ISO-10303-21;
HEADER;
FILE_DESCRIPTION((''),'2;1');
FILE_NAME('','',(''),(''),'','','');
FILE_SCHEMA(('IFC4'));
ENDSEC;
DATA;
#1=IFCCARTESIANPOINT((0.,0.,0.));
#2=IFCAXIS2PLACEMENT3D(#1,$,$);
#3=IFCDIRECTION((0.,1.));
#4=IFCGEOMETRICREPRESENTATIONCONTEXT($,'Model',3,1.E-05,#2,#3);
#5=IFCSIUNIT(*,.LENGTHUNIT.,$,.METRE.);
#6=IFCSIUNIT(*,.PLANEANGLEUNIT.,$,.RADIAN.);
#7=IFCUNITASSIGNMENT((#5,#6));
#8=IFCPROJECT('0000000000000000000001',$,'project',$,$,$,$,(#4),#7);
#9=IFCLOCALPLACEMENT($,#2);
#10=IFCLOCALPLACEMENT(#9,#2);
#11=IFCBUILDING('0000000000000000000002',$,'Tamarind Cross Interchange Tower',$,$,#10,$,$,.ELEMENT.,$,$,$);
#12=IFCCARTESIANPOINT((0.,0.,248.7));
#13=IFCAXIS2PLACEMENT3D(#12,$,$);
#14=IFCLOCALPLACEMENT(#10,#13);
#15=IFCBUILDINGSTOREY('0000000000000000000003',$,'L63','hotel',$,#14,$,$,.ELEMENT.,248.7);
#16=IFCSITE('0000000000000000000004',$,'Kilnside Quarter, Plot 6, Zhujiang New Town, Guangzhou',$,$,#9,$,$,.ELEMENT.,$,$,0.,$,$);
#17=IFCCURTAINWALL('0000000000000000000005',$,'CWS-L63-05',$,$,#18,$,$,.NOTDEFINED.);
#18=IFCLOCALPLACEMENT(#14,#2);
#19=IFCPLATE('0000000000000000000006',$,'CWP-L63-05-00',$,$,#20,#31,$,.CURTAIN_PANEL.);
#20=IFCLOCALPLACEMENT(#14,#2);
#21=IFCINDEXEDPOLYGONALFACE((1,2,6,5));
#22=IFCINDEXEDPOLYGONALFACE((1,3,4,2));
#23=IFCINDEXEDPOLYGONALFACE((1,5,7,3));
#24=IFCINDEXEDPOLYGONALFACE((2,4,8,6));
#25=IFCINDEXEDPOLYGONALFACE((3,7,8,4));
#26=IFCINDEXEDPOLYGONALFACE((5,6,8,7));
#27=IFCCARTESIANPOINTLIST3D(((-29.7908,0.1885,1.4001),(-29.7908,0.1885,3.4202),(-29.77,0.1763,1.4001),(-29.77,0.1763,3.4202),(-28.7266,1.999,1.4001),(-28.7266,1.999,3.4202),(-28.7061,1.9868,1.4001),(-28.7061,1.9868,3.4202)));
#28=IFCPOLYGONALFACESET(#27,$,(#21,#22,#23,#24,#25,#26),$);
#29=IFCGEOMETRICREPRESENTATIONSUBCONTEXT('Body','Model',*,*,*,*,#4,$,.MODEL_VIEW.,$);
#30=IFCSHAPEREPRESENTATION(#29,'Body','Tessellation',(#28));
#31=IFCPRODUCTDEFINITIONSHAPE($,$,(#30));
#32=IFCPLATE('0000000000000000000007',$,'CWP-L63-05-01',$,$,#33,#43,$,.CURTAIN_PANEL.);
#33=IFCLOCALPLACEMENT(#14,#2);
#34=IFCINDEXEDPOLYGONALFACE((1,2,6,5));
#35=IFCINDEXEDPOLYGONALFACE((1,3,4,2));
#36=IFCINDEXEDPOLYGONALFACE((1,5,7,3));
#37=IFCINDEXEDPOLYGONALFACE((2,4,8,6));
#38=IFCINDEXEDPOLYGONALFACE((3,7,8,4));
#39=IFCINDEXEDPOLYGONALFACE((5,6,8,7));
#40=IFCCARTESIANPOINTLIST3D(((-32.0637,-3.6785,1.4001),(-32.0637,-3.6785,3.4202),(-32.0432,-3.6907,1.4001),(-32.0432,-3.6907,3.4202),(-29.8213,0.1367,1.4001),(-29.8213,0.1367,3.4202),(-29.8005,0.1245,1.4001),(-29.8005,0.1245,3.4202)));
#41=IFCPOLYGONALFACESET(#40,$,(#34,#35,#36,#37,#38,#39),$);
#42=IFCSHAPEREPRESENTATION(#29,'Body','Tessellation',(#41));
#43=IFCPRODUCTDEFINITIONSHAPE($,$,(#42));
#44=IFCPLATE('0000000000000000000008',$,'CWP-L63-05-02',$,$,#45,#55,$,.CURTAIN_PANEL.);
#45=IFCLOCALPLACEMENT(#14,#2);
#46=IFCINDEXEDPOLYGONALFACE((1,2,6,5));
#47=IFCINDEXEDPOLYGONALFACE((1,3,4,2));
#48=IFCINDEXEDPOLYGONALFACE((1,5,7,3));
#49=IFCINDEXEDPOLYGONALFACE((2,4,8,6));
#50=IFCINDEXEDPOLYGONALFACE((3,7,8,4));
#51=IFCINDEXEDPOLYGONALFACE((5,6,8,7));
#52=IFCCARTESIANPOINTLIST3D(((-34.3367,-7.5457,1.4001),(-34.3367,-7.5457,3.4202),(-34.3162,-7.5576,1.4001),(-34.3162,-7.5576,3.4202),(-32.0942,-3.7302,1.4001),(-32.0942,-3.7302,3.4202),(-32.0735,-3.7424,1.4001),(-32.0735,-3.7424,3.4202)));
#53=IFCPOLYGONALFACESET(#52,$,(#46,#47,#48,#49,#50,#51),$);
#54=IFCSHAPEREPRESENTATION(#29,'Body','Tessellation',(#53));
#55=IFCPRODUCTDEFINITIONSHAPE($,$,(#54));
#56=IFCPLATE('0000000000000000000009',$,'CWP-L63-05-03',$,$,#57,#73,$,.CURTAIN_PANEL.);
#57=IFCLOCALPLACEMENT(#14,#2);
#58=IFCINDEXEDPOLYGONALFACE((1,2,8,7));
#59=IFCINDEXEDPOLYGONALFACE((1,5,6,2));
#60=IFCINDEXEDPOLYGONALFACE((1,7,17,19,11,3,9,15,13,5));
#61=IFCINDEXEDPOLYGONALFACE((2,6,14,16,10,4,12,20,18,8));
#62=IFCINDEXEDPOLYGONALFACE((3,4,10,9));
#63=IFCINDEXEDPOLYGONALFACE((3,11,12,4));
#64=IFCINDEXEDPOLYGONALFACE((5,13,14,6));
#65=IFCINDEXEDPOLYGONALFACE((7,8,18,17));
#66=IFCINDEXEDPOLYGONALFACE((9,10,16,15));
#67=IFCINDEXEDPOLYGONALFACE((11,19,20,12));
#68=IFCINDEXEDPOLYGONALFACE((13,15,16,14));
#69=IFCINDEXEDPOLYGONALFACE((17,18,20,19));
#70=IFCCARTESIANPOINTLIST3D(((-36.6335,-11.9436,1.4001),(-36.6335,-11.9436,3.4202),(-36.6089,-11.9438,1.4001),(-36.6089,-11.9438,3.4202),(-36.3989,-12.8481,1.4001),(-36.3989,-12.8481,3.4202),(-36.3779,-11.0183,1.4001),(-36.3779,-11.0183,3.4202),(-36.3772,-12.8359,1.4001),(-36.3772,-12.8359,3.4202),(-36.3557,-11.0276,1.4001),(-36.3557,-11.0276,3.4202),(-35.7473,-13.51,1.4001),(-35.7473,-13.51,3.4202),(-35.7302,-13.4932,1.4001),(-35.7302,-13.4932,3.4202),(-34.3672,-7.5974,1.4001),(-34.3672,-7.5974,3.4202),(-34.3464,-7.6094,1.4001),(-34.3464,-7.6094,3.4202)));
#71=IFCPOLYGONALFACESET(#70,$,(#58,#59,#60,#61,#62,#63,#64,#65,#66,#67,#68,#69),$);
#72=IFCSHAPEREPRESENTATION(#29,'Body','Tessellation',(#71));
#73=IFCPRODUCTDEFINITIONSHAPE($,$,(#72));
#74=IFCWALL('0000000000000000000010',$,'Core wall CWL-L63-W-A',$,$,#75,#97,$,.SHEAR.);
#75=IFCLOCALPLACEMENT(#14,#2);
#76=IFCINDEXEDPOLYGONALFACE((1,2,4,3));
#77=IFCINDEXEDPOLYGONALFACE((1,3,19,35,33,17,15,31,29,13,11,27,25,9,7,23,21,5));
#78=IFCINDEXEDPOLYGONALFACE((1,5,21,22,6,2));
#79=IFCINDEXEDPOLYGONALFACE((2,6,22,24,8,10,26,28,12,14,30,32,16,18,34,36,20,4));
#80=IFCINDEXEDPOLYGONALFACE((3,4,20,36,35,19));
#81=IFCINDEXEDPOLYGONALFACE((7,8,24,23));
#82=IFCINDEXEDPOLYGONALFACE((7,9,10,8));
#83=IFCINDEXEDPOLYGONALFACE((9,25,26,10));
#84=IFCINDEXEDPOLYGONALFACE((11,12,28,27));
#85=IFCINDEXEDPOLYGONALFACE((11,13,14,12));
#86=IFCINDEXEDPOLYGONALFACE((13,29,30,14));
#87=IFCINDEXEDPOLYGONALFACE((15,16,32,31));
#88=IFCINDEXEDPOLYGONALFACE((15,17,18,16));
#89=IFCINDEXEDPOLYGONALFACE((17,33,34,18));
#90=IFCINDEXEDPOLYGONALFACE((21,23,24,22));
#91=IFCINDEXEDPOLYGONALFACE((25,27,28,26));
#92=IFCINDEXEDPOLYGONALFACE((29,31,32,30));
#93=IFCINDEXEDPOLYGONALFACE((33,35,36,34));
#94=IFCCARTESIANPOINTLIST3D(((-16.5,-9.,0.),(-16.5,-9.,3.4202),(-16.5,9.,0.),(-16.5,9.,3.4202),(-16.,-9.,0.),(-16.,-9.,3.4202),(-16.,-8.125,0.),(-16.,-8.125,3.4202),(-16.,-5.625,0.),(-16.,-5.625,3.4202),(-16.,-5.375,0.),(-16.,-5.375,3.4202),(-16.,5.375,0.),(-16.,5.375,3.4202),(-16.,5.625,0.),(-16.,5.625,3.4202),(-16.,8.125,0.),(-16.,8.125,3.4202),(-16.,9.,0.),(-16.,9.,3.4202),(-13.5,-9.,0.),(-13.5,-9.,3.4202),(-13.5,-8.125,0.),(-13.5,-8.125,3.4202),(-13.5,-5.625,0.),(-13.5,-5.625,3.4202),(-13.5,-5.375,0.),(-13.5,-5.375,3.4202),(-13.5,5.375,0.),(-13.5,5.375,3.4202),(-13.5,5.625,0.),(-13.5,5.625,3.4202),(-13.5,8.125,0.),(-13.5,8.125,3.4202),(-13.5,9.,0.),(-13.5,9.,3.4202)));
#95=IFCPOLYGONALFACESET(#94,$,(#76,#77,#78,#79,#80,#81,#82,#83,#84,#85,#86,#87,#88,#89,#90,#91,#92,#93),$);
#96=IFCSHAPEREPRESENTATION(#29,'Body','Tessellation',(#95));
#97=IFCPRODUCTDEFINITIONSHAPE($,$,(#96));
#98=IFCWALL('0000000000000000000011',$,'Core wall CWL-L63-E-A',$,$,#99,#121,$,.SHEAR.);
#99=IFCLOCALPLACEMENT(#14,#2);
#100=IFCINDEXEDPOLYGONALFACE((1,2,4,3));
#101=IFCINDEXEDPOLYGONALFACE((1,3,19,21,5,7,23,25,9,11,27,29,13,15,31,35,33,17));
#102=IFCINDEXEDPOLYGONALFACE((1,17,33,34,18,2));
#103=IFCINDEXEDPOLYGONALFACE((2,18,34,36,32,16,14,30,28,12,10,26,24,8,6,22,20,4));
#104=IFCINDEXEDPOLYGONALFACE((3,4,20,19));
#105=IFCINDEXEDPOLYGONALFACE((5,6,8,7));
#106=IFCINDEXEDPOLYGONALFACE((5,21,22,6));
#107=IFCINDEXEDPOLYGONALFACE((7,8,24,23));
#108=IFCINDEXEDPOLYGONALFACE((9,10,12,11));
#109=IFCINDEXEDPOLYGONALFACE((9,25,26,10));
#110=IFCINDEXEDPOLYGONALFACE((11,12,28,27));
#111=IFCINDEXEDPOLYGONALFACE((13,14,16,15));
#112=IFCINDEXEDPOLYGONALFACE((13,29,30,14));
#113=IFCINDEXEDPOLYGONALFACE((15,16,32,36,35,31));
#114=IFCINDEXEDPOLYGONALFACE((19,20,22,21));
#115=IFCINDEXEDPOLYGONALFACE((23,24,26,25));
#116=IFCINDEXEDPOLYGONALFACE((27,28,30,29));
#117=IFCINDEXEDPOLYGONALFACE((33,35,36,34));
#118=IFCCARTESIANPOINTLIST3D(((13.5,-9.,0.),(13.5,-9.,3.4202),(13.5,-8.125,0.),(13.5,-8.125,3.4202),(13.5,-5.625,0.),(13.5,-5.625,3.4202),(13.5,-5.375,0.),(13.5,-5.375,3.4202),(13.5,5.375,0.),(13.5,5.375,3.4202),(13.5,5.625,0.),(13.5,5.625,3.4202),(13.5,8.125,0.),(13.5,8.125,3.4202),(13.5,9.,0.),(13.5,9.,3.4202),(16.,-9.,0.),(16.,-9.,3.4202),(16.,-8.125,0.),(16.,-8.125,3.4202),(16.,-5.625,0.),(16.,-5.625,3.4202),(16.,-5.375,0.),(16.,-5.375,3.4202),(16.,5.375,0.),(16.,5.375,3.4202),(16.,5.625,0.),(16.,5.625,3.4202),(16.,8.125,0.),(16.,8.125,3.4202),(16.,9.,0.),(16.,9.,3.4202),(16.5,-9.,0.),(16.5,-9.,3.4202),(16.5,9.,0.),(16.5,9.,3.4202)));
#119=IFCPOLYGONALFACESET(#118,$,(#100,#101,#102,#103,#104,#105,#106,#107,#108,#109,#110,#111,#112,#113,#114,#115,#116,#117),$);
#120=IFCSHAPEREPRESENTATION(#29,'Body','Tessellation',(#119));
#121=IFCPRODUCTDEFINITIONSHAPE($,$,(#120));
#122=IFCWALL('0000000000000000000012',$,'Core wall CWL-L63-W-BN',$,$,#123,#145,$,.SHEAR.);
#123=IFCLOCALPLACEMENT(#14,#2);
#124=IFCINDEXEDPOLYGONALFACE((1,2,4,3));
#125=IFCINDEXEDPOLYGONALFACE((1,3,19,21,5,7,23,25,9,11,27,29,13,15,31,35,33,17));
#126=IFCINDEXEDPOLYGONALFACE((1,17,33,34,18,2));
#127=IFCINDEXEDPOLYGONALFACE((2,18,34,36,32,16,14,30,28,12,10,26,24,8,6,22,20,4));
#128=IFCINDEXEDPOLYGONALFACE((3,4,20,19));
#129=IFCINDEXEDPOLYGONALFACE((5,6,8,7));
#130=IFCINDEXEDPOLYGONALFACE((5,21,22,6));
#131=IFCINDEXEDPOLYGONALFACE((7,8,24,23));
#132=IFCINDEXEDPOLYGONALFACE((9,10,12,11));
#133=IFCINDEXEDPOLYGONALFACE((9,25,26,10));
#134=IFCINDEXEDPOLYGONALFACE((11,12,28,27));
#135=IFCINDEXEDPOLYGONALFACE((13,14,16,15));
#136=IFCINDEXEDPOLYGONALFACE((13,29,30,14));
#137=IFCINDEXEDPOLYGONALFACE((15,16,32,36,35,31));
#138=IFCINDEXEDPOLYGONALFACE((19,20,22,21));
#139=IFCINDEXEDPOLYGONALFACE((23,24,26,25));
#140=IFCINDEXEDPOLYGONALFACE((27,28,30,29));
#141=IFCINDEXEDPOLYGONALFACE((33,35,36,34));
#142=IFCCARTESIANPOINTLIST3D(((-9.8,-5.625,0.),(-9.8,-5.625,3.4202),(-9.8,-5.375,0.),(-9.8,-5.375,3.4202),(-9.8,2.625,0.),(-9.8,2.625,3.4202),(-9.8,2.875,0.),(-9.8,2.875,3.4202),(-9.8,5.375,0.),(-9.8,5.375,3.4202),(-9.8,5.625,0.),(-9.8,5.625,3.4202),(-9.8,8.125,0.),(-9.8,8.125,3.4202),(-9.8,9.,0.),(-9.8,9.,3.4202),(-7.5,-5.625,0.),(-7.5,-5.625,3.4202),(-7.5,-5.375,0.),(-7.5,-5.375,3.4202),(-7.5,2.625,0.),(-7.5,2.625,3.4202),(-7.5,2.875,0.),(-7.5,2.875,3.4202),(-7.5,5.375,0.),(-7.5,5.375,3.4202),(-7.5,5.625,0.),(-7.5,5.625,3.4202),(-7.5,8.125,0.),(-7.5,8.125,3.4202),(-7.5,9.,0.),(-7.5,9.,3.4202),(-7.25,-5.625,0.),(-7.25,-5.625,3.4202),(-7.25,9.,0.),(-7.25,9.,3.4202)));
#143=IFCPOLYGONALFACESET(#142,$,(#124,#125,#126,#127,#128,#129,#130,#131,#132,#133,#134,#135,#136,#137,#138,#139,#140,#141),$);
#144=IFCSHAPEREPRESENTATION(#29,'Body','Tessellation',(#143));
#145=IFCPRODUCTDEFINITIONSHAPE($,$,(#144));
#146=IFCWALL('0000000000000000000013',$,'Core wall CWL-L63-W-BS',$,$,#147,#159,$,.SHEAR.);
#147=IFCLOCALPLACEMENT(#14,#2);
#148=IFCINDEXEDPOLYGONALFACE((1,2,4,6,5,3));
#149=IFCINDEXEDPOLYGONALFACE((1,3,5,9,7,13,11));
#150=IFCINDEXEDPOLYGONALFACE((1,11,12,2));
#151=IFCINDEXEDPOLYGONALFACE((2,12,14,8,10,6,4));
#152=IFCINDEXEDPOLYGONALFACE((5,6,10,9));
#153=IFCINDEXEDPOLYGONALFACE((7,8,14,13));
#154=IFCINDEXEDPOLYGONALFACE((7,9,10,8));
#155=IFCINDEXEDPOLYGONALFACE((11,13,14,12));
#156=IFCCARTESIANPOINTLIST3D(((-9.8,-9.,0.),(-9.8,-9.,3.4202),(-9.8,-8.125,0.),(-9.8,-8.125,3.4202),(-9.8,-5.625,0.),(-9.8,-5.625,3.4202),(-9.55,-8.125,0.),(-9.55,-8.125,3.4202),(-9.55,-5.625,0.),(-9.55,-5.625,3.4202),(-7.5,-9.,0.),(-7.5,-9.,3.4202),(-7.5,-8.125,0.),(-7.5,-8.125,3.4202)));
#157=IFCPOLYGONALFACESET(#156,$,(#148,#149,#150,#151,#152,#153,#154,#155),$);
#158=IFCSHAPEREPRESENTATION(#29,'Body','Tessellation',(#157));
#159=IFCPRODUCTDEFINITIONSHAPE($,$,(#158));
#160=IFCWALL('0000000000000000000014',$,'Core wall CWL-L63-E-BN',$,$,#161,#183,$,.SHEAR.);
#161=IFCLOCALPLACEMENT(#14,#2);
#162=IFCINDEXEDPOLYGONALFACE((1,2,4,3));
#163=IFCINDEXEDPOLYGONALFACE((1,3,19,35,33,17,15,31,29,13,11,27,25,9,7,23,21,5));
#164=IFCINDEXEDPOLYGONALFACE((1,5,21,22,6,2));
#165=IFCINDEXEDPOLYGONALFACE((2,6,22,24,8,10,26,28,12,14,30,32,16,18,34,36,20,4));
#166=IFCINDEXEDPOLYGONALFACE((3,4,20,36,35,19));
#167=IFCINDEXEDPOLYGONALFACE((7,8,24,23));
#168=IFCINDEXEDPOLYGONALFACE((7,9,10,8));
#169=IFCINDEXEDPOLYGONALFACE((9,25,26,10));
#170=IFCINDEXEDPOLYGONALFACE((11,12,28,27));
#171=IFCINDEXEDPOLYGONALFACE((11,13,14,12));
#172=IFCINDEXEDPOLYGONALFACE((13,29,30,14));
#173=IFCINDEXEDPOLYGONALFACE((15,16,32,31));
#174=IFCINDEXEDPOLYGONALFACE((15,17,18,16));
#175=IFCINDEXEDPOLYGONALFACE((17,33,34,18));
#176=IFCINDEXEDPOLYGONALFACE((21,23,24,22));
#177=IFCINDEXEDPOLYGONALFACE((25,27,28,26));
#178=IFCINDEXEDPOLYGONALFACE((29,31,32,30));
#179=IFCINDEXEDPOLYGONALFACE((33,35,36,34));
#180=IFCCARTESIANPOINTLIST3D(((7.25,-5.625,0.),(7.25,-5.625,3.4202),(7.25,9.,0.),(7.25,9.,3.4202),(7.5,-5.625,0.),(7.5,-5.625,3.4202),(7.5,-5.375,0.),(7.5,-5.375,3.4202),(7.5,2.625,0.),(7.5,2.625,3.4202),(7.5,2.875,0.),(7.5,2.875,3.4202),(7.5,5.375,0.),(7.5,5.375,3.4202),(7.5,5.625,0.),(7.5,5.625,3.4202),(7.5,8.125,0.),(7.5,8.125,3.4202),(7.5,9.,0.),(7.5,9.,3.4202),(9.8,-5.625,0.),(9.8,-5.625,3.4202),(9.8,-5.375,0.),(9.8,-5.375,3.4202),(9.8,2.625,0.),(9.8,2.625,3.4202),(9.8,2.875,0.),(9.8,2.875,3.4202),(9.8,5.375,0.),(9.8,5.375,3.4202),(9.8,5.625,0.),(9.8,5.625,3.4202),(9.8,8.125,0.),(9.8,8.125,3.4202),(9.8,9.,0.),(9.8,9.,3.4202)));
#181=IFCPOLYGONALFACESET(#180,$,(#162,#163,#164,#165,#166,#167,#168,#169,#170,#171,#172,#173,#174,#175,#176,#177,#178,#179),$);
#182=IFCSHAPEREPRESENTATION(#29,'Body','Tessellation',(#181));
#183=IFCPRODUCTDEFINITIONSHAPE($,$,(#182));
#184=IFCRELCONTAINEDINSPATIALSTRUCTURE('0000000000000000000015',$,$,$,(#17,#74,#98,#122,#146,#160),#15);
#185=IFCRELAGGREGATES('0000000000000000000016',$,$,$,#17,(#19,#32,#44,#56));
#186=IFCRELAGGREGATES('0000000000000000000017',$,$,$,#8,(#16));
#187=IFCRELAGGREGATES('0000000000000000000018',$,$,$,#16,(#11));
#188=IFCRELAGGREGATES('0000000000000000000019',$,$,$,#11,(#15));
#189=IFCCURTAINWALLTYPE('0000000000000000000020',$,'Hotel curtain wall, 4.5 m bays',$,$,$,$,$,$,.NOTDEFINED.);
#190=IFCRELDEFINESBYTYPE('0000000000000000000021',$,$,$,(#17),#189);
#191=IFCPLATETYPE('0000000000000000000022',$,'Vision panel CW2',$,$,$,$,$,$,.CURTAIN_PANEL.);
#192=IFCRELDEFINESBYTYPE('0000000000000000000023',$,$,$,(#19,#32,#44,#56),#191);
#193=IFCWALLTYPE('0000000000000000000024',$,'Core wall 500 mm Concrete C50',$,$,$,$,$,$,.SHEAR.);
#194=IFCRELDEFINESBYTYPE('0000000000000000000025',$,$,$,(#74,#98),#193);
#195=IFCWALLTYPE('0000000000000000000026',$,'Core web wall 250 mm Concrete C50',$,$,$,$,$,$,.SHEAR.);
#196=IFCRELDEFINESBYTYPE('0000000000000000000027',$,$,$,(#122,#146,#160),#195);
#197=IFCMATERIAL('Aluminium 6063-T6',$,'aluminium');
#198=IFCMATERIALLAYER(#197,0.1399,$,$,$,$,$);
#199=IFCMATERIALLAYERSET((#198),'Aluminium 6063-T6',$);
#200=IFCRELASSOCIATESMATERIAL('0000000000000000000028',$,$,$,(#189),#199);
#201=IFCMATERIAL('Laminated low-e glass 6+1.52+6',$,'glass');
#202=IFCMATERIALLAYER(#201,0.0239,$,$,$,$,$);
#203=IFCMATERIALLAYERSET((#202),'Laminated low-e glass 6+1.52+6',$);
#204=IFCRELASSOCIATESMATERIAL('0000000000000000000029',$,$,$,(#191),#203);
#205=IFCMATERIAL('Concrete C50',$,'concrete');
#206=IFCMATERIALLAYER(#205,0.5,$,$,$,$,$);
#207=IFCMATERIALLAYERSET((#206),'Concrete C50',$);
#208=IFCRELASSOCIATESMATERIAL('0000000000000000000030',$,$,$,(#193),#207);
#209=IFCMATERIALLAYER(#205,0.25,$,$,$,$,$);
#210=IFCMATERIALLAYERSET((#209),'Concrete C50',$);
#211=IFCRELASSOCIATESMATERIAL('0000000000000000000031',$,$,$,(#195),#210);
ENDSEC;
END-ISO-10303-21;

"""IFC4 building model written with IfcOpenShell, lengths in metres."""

from ifc_helpers import new_model, si_unit, direction, frame, origin, place, context, subcontext, project, spatial, polyline, outline, extrude, material, layer, layer_set, type_object, element, aggregate, save


model = new_model("IFC4")

# Units and contexts
model_context = context("Model", 3, precision=1e-05, world=origin(), true_north=direction((0.0, 1.0)))
body_context = subcontext(model_context, "Body", "Model", "MODEL_VIEW")
ifc_project = project(units=[si_unit("LENGTHUNIT", "METRE"), si_unit("PLANEANGLEUNIT", "RADIAN")], contexts=[model_context])

# Site, building, storey
site_placement = place(None, origin())
site = spatial("IfcSite", under=ifc_project, at=site_placement, Name="Kilnside Quarter, Plot 6, Zhujiang New Town, Guangzhou", CompositionType="ELEMENT", RefElevation=0.0)
building_placement = place(site_placement, origin())
building = spatial("IfcBuilding", under=site, at=building_placement, Name="Tamarind Cross Interchange Tower", CompositionType="ELEMENT")
storey_placement = place(building_placement, frame((0.0, 0.0, 248.7)))
storey = spatial("IfcBuildingStorey", under=building, at=storey_placement, Name="L63", Description="hotel", CompositionType="ELEMENT", Elevation=248.7)

# Curtain wall, plates
ifc_material_1 = material(Name="Aluminium 6063-T6", Category="aluminium")
ifc_layer_1 = layer(ifc_material_1, 0.1399)
ifc_layer_set_1 = layer_set([ifc_layer_1], Name="Aluminium 6063-T6")
curtain_wall_type = type_object("IfcCurtainWallType", Name="Hotel curtain wall, 4.5 m bays", PredefinedType="NOTDEFINED", material=ifc_layer_set_1)
ifc_material_2 = material(Name="Laminated low-e glass 6+1.52+6", Category="glass")
ifc_layer_2 = layer(ifc_material_2, 0.0239)
ifc_layer_set_2 = layer_set([ifc_layer_2], Name="Laminated low-e glass 6+1.52+6")
plate_type = type_object("IfcPlateType", Name="Vision panel CW2", PredefinedType="CURTAIN_PANEL", material=ifc_layer_set_2)
curtain_wall_1_placement = place(storey_placement, origin())
curtain_wall_1 = element("IfcCurtainWall", 1, at=curtain_wall_1_placement, inside=storey, type_object=curtain_wall_type, Name="CWS-L63-05", PredefinedType="NOTDEFINED")
plate_1_placement = place(storey_placement, frame((0.0, 0.0, 1.4001)))
plate_1 = element("IfcPlate", 2, at=plate_1_placement, type_object=plate_type, Name="CWP-L63-05-00", PredefinedType="CURTAIN_PANEL", context=body_context, shape_type="SweptSolid", body=[
    extrude(outline(polyline([(-28.7061, 1.9868), (-29.77, 0.1763), (-29.7908, 0.1885), (-28.7266, 1.999), (-28.7061, 1.9868)])), origin(), (0.0, 0.0, 1.0), 2.02),
])
plate_2_placement = place(storey_placement, frame((0.0, 0.0, 1.4001)))
plate_2 = element("IfcPlate", 3, at=plate_2_placement, type_object=plate_type, Name="CWP-L63-05-01", PredefinedType="CURTAIN_PANEL", context=body_context, shape_type="SweptSolid", body=[
    extrude(outline(polyline([(-29.8005, 0.1245), (-32.0432, -3.6907), (-32.0637, -3.6785), (-29.8213, 0.1367), (-29.8005, 0.1245)])), origin(), (0.0, 0.0, 1.0), 2.02),
])
plate_3_placement = place(storey_placement, frame((0.0, 0.0, 1.4001)))
plate_3 = element("IfcPlate", 4, at=plate_3_placement, type_object=plate_type, Name="CWP-L63-05-02", PredefinedType="CURTAIN_PANEL", context=body_context, shape_type="SweptSolid", body=[
    extrude(outline(polyline([(-32.0735, -3.7424), (-34.3162, -7.5576), (-34.3367, -7.5457), (-32.0942, -3.7302), (-32.0735, -3.7424)])), origin(), (0.0, 0.0, 1.0), 2.02),
])
plate_4_placement = place(storey_placement, frame((0.0, 0.0, 1.4001)))
plate_4 = element("IfcPlate", 5, at=plate_4_placement, type_object=plate_type, Name="CWP-L63-05-03", PredefinedType="CURTAIN_PANEL", context=body_context, shape_type="SweptSolid", body=[
    extrude(outline(polyline([(-34.3464, -7.6094), (-36.3557, -11.0276), (-36.6089, -11.9438), (-36.3772, -12.8359), (-35.7302, -13.4932), (-35.7473, -13.51), (-36.3989, -12.8481), (-36.6335, -11.9436), (-36.3779, -11.0183), (-34.3672, -7.5974), (-34.3464, -7.6094)])), origin(), (0.0, 0.0, 1.0), 2.02),
])
aggregate(curtain_wall_1, [plate_1, plate_2, plate_3, plate_4])

# Walls
ifc_material_3 = material(Name="Concrete C50", Category="concrete")
ifc_layer_3 = layer(ifc_material_3, 0.5)
ifc_layer_set_3 = layer_set([ifc_layer_3], Name="Concrete C50")
wall_type_1 = type_object("IfcWallType", Name="Core wall 500 mm Concrete C50", PredefinedType="SHEAR", material=ifc_layer_set_3)
wall_1_placement = place(storey_placement, origin())
element("IfcWall", 6, at=wall_1_placement, inside=storey, type_object=wall_type_1, Name="Core wall CWL-L63-W-A", PredefinedType="SHEAR", context=body_context, shape_type="SweptSolid", body=[
    extrude(outline(polyline([(-13.5, -8.125), (-16.0, -8.125), (-16.0, -5.625), (-13.5, -5.625), (-13.5, -5.375), (-16.0, -5.375), (-16.0, 5.375), (-13.5, 5.375), (-13.5, 5.625), (-16.0, 5.625), (-16.0, 8.125), (-13.5, 8.125), (-13.5, 9.0), (-16.0, 9.0), (-16.5, 9.0), (-16.5, -9.0), (-16.0, -9.0), (-13.5, -9.0), (-13.5, -8.125)])), origin(), (0.0, 0.0, 1.0), 3.4202),
])
wall_2_placement = place(storey_placement, origin())
element("IfcWall", 7, at=wall_2_placement, inside=storey, type_object=wall_type_1, Name="Core wall CWL-L63-E-A", PredefinedType="SHEAR", context=body_context, shape_type="SweptSolid", body=[
    extrude(outline(polyline([(13.5, -8.125), (13.5, -9.0), (16.0, -9.0), (16.5, -9.0), (16.5, 9.0), (16.0, 9.0), (13.5, 9.0), (13.5, 8.125), (16.0, 8.125), (16.0, 5.625), (13.5, 5.625), (13.5, 5.375), (16.0, 5.375), (16.0, -5.375), (13.5, -5.375), (13.5, -5.625), (16.0, -5.625), (16.0, -8.125), (13.5, -8.125)])), origin(), (0.0, 0.0, 1.0), 3.4202),
])
ifc_layer_4 = layer(ifc_material_3, 0.25)
ifc_layer_set_4 = layer_set([ifc_layer_4], Name="Concrete C50")
wall_type_2 = type_object("IfcWallType", Name="Core web wall 250 mm Concrete C50", PredefinedType="SHEAR", material=ifc_layer_set_4)
wall_3_placement = place(storey_placement, origin())
element("IfcWall", 8, at=wall_3_placement, inside=storey, type_object=wall_type_2, Name="Core wall CWL-L63-W-BN", PredefinedType="SHEAR", context=body_context, shape_type="SweptSolid", body=[
    extrude(outline(polyline([(-9.8, -5.375), (-9.8, -5.625), (-7.5, -5.625), (-7.25, -5.625), (-7.25, 9.0), (-7.5, 9.0), (-9.8, 9.0), (-9.8, 8.125), (-7.5, 8.125), (-7.5, 5.625), (-9.8, 5.625), (-9.8, 5.375), (-7.5, 5.375), (-7.5, 2.875), (-9.8, 2.875), (-9.8, 2.625), (-7.5, 2.625), (-7.5, -5.375), (-9.8, -5.375)])), origin(), (0.0, 0.0, 1.0), 3.4202),
])
wall_4_placement = place(storey_placement, origin())
element("IfcWall", 9, at=wall_4_placement, inside=storey, type_object=wall_type_2, Name="Core wall CWL-L63-W-BS", PredefinedType="SHEAR", context=body_context, shape_type="SweptSolid", body=[
    extrude(outline(polyline([(-7.5, -8.125), (-9.55, -8.125), (-9.55, -5.625), (-9.8, -5.625), (-9.8, -8.125), (-9.8, -9.0), (-7.5, -9.0), (-7.5, -8.125)])), origin(), (0.0, 0.0, 1.0), 3.4202),
])
wall_5_placement = place(storey_placement, origin())
element("IfcWall", 10, at=wall_5_placement, inside=storey, type_object=wall_type_2, Name="Core wall CWL-L63-E-BN", PredefinedType="SHEAR", context=body_context, shape_type="SweptSolid", body=[
    extrude(outline(polyline([(9.8, -5.375), (7.5, -5.375), (7.5, 2.625), (9.8, 2.625), (9.8, 2.875), (7.5, 2.875), (7.5, 5.375), (9.8, 5.375), (9.8, 5.625), (7.5, 5.625), (7.5, 8.125), (9.8, 8.125), (9.8, 9.0), (7.5, 9.0), (7.25, 9.0), (7.25, -5.625), (7.5, -5.625), (9.8, -5.625), (9.8, -5.375)])), origin(), (0.0, 0.0, 1.0), 3.4202),
])

save(model, "model.ifc")
